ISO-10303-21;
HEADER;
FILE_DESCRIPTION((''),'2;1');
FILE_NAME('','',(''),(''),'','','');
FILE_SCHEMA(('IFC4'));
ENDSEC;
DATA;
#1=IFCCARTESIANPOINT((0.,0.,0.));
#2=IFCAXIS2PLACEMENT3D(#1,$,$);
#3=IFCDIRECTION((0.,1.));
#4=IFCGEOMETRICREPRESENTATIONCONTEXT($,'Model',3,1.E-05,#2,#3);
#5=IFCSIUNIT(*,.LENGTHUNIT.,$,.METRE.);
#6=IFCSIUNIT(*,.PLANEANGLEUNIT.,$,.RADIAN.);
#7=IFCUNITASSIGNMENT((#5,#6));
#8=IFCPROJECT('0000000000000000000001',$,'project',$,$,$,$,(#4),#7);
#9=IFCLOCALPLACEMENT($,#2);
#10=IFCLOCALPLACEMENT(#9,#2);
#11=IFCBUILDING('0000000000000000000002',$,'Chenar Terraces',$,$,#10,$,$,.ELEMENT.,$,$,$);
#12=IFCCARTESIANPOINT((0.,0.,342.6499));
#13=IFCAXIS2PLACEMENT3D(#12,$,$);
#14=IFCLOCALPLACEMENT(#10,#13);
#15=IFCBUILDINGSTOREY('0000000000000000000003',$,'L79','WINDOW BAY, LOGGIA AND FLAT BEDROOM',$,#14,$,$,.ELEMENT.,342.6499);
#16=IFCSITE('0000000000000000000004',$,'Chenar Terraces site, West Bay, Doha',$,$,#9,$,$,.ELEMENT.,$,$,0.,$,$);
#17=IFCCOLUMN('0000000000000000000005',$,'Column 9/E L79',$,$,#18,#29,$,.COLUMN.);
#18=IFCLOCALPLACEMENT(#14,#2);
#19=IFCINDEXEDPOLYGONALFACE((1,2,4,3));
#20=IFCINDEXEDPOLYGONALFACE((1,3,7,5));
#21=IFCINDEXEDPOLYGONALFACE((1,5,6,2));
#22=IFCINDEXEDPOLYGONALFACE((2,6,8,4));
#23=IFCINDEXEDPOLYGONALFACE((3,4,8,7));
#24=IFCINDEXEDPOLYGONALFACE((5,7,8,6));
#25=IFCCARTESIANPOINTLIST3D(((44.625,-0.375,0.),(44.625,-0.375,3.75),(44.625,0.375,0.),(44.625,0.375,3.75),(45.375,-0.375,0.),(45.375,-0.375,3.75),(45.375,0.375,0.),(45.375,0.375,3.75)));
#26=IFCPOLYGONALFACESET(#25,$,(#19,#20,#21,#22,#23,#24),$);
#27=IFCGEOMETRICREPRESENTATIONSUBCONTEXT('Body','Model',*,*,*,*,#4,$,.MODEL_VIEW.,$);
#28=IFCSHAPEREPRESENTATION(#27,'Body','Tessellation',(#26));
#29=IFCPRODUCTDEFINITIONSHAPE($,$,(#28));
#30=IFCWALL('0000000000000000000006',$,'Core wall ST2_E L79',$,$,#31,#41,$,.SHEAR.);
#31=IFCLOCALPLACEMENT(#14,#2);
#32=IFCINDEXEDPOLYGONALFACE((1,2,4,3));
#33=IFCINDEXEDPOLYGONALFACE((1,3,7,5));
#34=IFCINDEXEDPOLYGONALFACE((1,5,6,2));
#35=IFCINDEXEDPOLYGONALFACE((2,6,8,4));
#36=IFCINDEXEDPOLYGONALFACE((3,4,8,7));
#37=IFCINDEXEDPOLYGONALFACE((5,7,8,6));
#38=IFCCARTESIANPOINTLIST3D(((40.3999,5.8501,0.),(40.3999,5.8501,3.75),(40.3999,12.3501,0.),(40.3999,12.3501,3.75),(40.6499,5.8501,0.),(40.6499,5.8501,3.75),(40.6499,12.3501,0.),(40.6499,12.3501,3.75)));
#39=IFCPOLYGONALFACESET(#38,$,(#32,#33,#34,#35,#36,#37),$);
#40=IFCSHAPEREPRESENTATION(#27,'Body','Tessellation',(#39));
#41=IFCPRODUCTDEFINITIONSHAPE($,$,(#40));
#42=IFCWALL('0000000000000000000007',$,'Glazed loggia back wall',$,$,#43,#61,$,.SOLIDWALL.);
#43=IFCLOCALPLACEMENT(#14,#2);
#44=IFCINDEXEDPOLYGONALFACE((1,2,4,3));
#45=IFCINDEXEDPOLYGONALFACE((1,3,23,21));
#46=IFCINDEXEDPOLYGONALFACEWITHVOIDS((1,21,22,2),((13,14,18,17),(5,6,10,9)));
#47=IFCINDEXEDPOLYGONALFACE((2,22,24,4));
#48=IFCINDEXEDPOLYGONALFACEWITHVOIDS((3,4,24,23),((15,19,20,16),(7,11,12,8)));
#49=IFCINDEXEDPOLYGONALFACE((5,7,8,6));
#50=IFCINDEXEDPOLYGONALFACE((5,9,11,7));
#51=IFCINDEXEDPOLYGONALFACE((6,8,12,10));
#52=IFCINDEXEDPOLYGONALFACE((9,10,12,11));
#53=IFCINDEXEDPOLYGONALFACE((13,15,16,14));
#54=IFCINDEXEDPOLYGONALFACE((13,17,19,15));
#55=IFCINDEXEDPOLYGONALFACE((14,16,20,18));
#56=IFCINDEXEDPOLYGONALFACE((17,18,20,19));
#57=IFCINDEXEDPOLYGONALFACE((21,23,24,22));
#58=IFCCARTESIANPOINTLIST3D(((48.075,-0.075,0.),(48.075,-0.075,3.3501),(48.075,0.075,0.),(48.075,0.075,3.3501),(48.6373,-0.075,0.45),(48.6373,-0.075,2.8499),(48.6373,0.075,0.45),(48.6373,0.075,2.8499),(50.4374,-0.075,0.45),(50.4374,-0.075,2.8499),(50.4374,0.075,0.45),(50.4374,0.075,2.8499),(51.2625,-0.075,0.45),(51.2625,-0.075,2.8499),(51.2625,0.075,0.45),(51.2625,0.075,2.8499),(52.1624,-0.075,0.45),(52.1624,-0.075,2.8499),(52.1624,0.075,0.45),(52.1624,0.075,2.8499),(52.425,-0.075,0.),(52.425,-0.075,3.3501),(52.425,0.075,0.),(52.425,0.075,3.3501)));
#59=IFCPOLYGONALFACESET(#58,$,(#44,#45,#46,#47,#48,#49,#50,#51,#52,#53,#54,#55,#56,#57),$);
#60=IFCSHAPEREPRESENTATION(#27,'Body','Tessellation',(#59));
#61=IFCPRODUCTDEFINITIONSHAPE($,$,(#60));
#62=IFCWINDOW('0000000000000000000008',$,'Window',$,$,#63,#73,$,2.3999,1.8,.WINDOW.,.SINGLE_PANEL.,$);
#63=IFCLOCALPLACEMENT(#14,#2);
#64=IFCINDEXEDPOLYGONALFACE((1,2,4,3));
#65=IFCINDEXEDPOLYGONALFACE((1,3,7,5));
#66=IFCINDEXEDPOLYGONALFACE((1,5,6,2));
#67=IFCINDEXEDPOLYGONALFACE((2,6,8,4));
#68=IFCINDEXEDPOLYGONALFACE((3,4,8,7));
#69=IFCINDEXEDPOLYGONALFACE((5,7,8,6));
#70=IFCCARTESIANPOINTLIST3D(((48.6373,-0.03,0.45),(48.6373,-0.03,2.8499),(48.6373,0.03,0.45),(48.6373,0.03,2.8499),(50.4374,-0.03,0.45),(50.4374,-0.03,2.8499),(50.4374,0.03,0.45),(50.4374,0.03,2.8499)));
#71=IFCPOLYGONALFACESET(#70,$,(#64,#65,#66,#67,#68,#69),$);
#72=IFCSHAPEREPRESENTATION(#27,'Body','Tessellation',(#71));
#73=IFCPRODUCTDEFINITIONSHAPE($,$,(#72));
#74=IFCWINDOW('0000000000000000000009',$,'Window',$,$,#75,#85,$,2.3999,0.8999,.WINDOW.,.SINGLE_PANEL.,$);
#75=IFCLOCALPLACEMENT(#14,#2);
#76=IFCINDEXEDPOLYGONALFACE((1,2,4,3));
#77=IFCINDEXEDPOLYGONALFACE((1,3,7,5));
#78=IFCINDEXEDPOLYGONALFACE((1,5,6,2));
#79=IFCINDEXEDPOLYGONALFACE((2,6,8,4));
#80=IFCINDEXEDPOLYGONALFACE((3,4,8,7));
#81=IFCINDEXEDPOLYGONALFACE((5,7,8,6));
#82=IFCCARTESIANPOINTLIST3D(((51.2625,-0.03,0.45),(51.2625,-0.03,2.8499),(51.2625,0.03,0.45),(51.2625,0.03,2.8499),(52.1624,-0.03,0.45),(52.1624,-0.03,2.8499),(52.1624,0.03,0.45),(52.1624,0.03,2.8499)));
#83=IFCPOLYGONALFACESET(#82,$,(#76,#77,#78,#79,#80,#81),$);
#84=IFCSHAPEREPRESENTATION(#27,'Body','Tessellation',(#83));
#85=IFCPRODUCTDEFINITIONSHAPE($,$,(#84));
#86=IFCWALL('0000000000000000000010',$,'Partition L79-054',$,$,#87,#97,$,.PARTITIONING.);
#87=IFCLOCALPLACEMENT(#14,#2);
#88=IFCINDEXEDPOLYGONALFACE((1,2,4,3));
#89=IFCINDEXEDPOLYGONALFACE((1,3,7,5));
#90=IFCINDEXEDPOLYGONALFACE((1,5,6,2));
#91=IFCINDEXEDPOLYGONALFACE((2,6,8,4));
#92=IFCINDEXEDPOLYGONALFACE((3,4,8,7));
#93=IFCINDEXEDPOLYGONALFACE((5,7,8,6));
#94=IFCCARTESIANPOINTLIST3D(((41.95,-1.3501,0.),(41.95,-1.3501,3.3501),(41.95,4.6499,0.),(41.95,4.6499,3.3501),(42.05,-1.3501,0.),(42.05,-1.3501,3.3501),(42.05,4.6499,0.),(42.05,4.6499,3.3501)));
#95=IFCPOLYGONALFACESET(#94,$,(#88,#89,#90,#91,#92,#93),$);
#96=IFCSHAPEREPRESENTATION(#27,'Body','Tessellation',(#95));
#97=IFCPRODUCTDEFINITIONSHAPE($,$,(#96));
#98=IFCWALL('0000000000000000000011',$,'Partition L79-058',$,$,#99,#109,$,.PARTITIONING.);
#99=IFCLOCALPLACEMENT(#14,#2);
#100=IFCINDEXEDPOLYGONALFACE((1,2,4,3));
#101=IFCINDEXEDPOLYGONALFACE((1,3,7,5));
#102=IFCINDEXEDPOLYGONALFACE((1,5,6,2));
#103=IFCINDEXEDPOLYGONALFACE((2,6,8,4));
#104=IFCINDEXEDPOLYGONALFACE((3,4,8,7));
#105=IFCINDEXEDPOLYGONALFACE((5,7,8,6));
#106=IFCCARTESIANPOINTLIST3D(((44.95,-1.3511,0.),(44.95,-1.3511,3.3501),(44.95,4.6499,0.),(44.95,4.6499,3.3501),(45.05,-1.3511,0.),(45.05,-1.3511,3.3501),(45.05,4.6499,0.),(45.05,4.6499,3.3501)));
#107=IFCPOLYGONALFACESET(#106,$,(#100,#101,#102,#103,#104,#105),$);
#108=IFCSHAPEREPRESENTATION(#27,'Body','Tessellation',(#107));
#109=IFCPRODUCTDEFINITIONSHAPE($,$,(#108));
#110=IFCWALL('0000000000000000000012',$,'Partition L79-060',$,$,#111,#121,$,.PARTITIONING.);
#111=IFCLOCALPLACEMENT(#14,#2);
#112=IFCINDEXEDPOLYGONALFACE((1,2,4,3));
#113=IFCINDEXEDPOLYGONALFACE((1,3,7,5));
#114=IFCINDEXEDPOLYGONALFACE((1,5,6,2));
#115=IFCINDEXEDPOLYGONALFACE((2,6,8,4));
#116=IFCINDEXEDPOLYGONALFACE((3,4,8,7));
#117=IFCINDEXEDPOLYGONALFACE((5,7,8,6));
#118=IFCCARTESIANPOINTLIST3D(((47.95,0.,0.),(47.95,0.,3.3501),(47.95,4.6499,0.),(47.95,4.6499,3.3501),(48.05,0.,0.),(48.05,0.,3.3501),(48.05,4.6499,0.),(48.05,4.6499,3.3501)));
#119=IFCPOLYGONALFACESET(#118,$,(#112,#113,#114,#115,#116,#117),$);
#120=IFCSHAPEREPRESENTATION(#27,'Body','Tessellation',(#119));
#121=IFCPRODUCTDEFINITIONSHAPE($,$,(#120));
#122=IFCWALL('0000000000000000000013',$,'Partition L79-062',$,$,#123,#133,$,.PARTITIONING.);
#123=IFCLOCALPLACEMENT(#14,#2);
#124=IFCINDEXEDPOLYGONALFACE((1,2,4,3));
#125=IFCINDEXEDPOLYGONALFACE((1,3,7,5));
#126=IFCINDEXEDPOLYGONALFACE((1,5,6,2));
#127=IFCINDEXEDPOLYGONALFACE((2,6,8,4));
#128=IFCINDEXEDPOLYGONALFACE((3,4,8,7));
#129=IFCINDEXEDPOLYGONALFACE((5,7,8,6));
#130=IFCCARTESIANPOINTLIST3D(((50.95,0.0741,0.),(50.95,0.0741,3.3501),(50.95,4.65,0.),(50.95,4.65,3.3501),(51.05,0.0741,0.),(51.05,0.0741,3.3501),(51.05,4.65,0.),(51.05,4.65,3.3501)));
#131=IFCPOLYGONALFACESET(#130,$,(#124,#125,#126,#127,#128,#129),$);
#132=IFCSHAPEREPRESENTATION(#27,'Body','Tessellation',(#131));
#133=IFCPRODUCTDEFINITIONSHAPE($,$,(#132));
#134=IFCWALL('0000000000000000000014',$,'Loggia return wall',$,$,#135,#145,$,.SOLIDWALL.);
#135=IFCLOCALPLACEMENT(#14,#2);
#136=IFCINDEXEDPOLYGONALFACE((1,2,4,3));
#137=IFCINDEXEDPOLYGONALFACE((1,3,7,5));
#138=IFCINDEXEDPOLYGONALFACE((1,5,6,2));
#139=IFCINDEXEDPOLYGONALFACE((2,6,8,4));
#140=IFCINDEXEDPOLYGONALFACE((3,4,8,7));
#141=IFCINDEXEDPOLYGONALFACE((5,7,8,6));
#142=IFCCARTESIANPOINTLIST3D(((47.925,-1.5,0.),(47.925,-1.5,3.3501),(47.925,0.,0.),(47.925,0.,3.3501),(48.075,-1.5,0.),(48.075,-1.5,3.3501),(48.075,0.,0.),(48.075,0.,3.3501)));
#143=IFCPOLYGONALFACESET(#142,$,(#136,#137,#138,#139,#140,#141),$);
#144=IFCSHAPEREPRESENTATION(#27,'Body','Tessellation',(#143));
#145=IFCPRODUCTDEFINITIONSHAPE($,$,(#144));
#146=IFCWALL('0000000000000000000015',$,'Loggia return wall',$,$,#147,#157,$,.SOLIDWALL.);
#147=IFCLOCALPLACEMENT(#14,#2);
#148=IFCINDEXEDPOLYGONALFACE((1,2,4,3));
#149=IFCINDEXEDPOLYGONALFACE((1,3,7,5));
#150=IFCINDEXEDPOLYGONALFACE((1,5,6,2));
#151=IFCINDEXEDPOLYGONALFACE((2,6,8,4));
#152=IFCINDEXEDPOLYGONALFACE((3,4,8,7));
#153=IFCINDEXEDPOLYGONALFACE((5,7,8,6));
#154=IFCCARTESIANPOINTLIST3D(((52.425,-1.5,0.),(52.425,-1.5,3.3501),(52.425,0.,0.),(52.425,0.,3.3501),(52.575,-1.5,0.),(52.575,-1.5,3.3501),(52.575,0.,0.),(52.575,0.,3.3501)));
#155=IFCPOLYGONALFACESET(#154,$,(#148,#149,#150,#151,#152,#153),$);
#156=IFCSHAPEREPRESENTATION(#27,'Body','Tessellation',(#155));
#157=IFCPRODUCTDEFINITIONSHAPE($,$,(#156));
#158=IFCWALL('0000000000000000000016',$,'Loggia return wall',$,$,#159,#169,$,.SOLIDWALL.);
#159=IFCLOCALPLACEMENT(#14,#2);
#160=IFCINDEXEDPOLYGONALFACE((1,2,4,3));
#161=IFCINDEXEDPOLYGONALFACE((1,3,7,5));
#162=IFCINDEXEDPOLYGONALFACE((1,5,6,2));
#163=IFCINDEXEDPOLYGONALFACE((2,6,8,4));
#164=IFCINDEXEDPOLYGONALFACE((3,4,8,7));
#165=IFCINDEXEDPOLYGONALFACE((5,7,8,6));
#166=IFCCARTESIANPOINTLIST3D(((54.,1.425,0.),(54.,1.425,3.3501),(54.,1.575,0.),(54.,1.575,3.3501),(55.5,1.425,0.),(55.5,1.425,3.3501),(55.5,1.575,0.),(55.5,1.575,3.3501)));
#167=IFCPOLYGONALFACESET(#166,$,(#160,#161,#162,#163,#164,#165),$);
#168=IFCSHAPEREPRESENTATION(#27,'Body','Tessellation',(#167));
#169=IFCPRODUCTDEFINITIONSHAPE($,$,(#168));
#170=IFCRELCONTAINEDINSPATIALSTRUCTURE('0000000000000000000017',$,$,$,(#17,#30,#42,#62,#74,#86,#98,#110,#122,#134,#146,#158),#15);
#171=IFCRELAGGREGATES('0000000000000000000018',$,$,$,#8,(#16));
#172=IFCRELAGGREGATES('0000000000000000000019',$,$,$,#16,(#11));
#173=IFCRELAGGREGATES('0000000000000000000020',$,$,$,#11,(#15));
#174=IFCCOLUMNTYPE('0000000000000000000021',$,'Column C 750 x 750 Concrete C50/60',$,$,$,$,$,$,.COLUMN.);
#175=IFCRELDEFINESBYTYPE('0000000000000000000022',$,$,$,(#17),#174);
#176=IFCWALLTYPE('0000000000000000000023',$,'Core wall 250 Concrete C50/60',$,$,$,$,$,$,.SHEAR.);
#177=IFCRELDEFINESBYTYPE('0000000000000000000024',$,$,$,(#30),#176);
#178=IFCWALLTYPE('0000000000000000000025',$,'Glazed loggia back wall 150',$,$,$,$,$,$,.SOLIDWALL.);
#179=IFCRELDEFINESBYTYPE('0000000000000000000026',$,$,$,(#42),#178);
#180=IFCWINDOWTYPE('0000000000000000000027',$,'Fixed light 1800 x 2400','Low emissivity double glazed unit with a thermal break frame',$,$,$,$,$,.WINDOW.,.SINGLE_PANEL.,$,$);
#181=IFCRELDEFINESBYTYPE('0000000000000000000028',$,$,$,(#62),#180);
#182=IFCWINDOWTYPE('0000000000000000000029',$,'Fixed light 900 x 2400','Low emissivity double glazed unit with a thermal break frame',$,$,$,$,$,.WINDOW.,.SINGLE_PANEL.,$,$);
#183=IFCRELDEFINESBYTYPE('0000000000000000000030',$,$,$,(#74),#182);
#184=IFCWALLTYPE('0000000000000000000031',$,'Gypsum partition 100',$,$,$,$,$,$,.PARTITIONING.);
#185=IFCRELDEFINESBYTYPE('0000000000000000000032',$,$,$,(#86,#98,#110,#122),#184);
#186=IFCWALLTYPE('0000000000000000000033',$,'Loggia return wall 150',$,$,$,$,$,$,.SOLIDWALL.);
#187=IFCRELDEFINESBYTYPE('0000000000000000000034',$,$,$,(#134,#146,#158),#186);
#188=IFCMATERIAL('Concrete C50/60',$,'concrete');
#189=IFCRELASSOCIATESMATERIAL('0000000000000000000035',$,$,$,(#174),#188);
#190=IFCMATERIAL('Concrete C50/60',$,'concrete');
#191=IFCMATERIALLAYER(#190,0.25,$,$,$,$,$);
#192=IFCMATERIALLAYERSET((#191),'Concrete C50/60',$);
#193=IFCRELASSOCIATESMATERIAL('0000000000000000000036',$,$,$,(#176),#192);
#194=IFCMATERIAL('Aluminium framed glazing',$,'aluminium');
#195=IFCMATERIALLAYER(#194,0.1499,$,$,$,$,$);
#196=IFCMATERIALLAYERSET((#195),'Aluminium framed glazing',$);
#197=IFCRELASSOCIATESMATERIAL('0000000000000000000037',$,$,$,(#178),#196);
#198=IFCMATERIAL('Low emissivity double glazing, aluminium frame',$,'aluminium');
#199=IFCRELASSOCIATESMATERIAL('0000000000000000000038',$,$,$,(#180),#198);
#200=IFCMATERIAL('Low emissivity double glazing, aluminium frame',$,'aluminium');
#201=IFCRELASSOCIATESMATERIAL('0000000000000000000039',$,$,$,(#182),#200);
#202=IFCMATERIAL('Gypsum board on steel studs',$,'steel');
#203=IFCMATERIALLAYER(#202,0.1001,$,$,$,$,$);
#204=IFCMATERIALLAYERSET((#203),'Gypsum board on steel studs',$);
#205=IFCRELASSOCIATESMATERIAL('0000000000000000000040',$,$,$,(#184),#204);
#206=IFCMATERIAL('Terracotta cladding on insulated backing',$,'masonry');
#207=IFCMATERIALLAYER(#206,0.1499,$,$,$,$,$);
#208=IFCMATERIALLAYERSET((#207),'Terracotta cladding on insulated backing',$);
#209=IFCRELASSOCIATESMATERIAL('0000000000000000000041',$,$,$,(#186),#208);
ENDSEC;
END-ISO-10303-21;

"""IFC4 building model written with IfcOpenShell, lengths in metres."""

from ifc_helpers import new_model, si_unit, direction, frame, frame_2d, origin, origin_2d, place, context, subcontext, project, spatial, rectangle, extrude, material, layer, layer_set, material_profile, profile_set, type_object, element, fill, save


model = new_model("IFC4")

# Units and contexts
model_context = context("Model", 3, precision=1e-05, world=origin(), true_north=direction((0.0, 1.0)))
body_context = subcontext(model_context, "Body", "Model", "MODEL_VIEW")
ifc_project = project(units=[si_unit("LENGTHUNIT", "METRE"), si_unit("PLANEANGLEUNIT", "RADIAN")], contexts=[model_context])

# Site, building, storey
site_placement = place(None, origin())
site = spatial("IfcSite", under=ifc_project, at=site_placement, Name="Chenar Terraces site, West Bay, Doha", CompositionType="ELEMENT", RefElevation=0.0)
building_placement = place(site_placement, origin())
building = spatial("IfcBuilding", under=site, at=building_placement, Name="Chenar Terraces", CompositionType="ELEMENT")
storey_placement = place(building_placement, frame((0.0, 0.0, 342.6499)))
storey = spatial("IfcBuildingStorey", under=building, at=storey_placement, Name="L79", Description="WINDOW BAY, LOGGIA AND FLAT BEDROOM", CompositionType="ELEMENT", Elevation=342.6499)

# Column
ifc_material_1 = material(Name="Concrete C50/60", Category="concrete")
ifc_material_profile = material_profile(ifc_material_1, rectangle(XDim=0.75, YDim=0.75, at=origin_2d()), Name="C 750 x 750")
ifc_profile_set = profile_set([ifc_material_profile], Name="Concrete C50/60")
column_type = type_object("IfcColumnType", Name="Column C 750 x 750 Concrete C50/60", PredefinedType="COLUMN", material=ifc_profile_set)
column_placement = place(storey_placement, frame((45.0, 0.0, 0.0), z_axis=(0.0, 0.0, 1.0), x_axis=(1.0, 0.0, 0.0)))
element("IfcColumn", 1, at=column_placement, inside=storey, type_object=column_type, Name="Column 9/E L79", PredefinedType="COLUMN", context=body_context, shape_type="SweptSolid", body=[
    extrude(rectangle(XDim=0.75, YDim=0.75, at=origin_2d()), origin(), (0.0, 0.0, 1.0), 3.75),
])

# Wall
ifc_material_2 = material(Name="Concrete C50/60", Category="concrete")
ifc_layer_1 = layer(ifc_material_2, 0.25)
ifc_layer_set_1 = layer_set([ifc_layer_1], Name="Concrete C50/60")
wall_type_1 = type_object("IfcWallType", Name="Core wall 250 Concrete C50/60", PredefinedType="SHEAR", material=ifc_layer_set_1)
wall_1_placement = place(storey_placement, frame((40.5249, 5.8501, 0.0), z_axis=(0.0, 0.0, 1.0), x_axis=(0.0, 1.0, 0.0)))
element("IfcWall", 2, at=wall_1_placement, inside=storey, type_object=wall_type_1, Name="Core wall ST2_E L79", PredefinedType="SHEAR", context=body_context, shape_type="SweptSolid", body=[
    extrude(rectangle(XDim=6.5, YDim=0.25, at=frame_2d((3.25, 0.0))), origin(), (0.0, 0.0, 1.0), 3.75),
])

# Wall, openings, windows
ifc_material_3 = material(Name="Aluminium framed glazing", Category="aluminium")
ifc_layer_2 = layer(ifc_material_3, 0.1499)
ifc_layer_set_2 = layer_set([ifc_layer_2], Name="Aluminium framed glazing")
wall_type_2 = type_object("IfcWallType", Name="Glazed loggia back wall 150", PredefinedType="SOLIDWALL", material=ifc_layer_set_2)
wall_2_placement = place(storey_placement, frame((48.075, 0.0, 0.0), z_axis=(0.0, 0.0, 1.0), x_axis=(1.0, 0.0, 0.0)))
wall_2 = element("IfcWall", 3, at=wall_2_placement, inside=storey, type_object=wall_type_2, Name="Glazed loggia back wall", PredefinedType="SOLIDWALL", context=body_context, shape_type="SweptSolid", body=[
    extrude(rectangle(XDim=4.3501, YDim=0.1499, at=frame_2d((2.175, 0.0))), origin(), (0.0, 0.0, 1.0), 3.3501),
])
opening_1_placement = place(wall_2_placement, frame((0.5625, 0.0, 0.45)))
opening_1 = element("IfcOpeningElement", 4, at=opening_1_placement, cuts=wall_2, PredefinedType="OPENING", context=body_context, shape_type="SweptSolid", body=[
    extrude(rectangle(XDim=1.8, YDim=2.3999, at=frame_2d((0.8999, 1.2))), frame((0.0, 0.085, 0.0), z_axis=(0.0, -1.0, 0.0), x_axis=(1.0, 0.0, 0.0)), (0.0, 0.0, 1.0), 0.1699),
])
opening_2_placement = place(wall_2_placement, frame((3.1875, 0.0, 0.45)))
opening_2 = element("IfcOpeningElement", 5, at=opening_2_placement, cuts=wall_2, PredefinedType="OPENING", context=body_context, shape_type="SweptSolid", body=[
    extrude(rectangle(XDim=0.8999, YDim=2.3999, at=frame_2d((0.45, 1.2))), frame((0.0, 0.085, 0.0), z_axis=(0.0, -1.0, 0.0), x_axis=(1.0, 0.0, 0.0)), (0.0, 0.0, 1.0), 0.1699),
])
ifc_material_4 = material(Name="Low emissivity double glazing, aluminium frame", Category="aluminium")
window_type_1 = type_object("IfcWindowType", Name="Fixed light 1800 x 2400", Description="Low emissivity double glazed unit with a thermal break frame", PartitioningType="SINGLE_PANEL", PredefinedType="WINDOW", material=ifc_material_4)
window_1_placement = place(opening_1_placement, origin())
window_1 = element("IfcWindow", 6, at=window_1_placement, inside=storey, type_object=window_type_1, Name="Window", OverallHeight=2.3999, OverallWidth=1.8, PartitioningType="SINGLE_PANEL", PredefinedType="WINDOW", context=body_context, shape_type="SweptSolid", body=[
    extrude(rectangle(XDim=1.8, YDim=2.3999, at=frame_2d((0.8999, 1.2))), frame((0.0, 0.03, 0.0), z_axis=(0.0, -1.0, 0.0), x_axis=(1.0, 0.0, 0.0)), (0.0, 0.0, 1.0), 0.0601),
])
fill(opening_1, window_1)
ifc_material_5 = material(Name="Low emissivity double glazing, aluminium frame", Category="aluminium")
window_type_2 = type_object("IfcWindowType", Name="Fixed light 900 x 2400", Description="Low emissivity double glazed unit with a thermal break frame", PartitioningType="SINGLE_PANEL", PredefinedType="WINDOW", material=ifc_material_5)
window_2_placement = place(opening_2_placement, origin())
window_2 = element("IfcWindow", 7, at=window_2_placement, inside=storey, type_object=window_type_2, Name="Window", OverallHeight=2.3999, OverallWidth=0.8999, PartitioningType="SINGLE_PANEL", PredefinedType="WINDOW", context=body_context, shape_type="SweptSolid", body=[
    extrude(rectangle(XDim=0.8999, YDim=2.3999, at=frame_2d((0.45, 1.2))), frame((0.0, 0.03, 0.0), z_axis=(0.0, -1.0, 0.0), x_axis=(1.0, 0.0, 0.0)), (0.0, 0.0, 1.0), 0.0601),
])
fill(opening_2, window_2)

# Walls
ifc_material_6 = material(Name="Gypsum board on steel studs", Category="steel")
ifc_layer_3 = layer(ifc_material_6, 0.1001)
ifc_layer_set_3 = layer_set([ifc_layer_3], Name="Gypsum board on steel studs")
wall_type_3 = type_object("IfcWallType", Name="Gypsum partition 100", PredefinedType="PARTITIONING", material=ifc_layer_set_3)
wall_3_placement = place(storey_placement, frame((42.0, -1.3501, 0.0), z_axis=(0.0, 0.0, 1.0), x_axis=(0.0, 1.0, 0.0)))
element("IfcWall", 8, at=wall_3_placement, inside=storey, type_object=wall_type_3, Name="Partition L79-054", PredefinedType="PARTITIONING", context=body_context, shape_type="SweptSolid", body=[
    extrude(rectangle(XDim=6.0, YDim=0.1001, at=frame_2d((3.0, 0.0))), origin(), (0.0, 0.0, 1.0), 3.3501),
])
wall_4_placement = place(storey_placement, frame((45.0, -1.3511, 0.0), z_axis=(0.0, 0.0, 1.0), x_axis=(0.0, 1.0, 0.0)))
element("IfcWall", 9, at=wall_4_placement, inside=storey, type_object=wall_type_3, Name="Partition L79-058", PredefinedType="PARTITIONING", context=body_context, shape_type="SweptSolid", body=[
    extrude(rectangle(XDim=6.001, YDim=0.1001, at=frame_2d((3.0005, 0.0))), origin(), (0.0, 0.0, 1.0), 3.3501),
])
wall_5_placement = place(storey_placement, frame((48.0, 0.0, 0.0), z_axis=(0.0, 0.0, 1.0), x_axis=(0.0, 1.0, 0.0)))
element("IfcWall", 10, at=wall_5_placement, inside=storey, type_object=wall_type_3, Name="Partition L79-060", PredefinedType="PARTITIONING", context=body_context, shape_type="SweptSolid", body=[
    extrude(rectangle(XDim=4.6499, YDim=0.1001, at=frame_2d((2.325, 0.0))), origin(), (0.0, 0.0, 1.0), 3.3501),
])
wall_6_placement = place(storey_placement, frame((51.0, 0.074, 0.0), z_axis=(0.0, 0.0, 1.0), x_axis=(0.0, 1.0, 0.0)))
element("IfcWall", 11, at=wall_6_placement, inside=storey, type_object=wall_type_3, Name="Partition L79-062", PredefinedType="PARTITIONING", context=body_context, shape_type="SweptSolid", body=[
    extrude(rectangle(XDim=4.5759, YDim=0.1001, at=frame_2d((2.2881, 0.0))), origin(), (0.0, 0.0, 1.0), 3.3501),
])
ifc_material_7 = material(Name="Terracotta cladding on insulated backing", Category="masonry")
ifc_layer_4 = layer(ifc_material_7, 0.1499)
ifc_layer_set_4 = layer_set([ifc_layer_4], Name="Terracotta cladding on insulated backing")
wall_type_4 = type_object("IfcWallType", Name="Loggia return wall 150", PredefinedType="SOLIDWALL", material=ifc_layer_set_4)
for number, where, z_axis, x_axis, name in (
    (12, (48.0, -1.5, 0.0), (0.0, 0.0, 1.0), (0.0, 1.0, 0.0), "Loggia return wall"),
    (13, (52.5, -1.5, 0.0), (0.0, 0.0, 1.0), (0.0, 1.0, 0.0), "Loggia return wall"),
    (14, (55.5, 1.5, 0.0), (0.0, 0.0, 1.0), (-1.0, 0.0, 0.0), "Loggia return wall"),
):
    element("IfcWall", number, at=place(storey_placement, frame(where, z_axis=z_axis, x_axis=x_axis)), inside=storey, type_object=wall_type_4, Name=name, PredefinedType="SOLIDWALL", context=body_context, shape_type="SweptSolid", body=[
        extrude(rectangle(XDim=1.5, YDim=0.1499, at=frame_2d((0.75, 0.0))), origin(), (0.0, 0.0, 1.0), 3.3501),
    ])

save(model, "model.ifc")
